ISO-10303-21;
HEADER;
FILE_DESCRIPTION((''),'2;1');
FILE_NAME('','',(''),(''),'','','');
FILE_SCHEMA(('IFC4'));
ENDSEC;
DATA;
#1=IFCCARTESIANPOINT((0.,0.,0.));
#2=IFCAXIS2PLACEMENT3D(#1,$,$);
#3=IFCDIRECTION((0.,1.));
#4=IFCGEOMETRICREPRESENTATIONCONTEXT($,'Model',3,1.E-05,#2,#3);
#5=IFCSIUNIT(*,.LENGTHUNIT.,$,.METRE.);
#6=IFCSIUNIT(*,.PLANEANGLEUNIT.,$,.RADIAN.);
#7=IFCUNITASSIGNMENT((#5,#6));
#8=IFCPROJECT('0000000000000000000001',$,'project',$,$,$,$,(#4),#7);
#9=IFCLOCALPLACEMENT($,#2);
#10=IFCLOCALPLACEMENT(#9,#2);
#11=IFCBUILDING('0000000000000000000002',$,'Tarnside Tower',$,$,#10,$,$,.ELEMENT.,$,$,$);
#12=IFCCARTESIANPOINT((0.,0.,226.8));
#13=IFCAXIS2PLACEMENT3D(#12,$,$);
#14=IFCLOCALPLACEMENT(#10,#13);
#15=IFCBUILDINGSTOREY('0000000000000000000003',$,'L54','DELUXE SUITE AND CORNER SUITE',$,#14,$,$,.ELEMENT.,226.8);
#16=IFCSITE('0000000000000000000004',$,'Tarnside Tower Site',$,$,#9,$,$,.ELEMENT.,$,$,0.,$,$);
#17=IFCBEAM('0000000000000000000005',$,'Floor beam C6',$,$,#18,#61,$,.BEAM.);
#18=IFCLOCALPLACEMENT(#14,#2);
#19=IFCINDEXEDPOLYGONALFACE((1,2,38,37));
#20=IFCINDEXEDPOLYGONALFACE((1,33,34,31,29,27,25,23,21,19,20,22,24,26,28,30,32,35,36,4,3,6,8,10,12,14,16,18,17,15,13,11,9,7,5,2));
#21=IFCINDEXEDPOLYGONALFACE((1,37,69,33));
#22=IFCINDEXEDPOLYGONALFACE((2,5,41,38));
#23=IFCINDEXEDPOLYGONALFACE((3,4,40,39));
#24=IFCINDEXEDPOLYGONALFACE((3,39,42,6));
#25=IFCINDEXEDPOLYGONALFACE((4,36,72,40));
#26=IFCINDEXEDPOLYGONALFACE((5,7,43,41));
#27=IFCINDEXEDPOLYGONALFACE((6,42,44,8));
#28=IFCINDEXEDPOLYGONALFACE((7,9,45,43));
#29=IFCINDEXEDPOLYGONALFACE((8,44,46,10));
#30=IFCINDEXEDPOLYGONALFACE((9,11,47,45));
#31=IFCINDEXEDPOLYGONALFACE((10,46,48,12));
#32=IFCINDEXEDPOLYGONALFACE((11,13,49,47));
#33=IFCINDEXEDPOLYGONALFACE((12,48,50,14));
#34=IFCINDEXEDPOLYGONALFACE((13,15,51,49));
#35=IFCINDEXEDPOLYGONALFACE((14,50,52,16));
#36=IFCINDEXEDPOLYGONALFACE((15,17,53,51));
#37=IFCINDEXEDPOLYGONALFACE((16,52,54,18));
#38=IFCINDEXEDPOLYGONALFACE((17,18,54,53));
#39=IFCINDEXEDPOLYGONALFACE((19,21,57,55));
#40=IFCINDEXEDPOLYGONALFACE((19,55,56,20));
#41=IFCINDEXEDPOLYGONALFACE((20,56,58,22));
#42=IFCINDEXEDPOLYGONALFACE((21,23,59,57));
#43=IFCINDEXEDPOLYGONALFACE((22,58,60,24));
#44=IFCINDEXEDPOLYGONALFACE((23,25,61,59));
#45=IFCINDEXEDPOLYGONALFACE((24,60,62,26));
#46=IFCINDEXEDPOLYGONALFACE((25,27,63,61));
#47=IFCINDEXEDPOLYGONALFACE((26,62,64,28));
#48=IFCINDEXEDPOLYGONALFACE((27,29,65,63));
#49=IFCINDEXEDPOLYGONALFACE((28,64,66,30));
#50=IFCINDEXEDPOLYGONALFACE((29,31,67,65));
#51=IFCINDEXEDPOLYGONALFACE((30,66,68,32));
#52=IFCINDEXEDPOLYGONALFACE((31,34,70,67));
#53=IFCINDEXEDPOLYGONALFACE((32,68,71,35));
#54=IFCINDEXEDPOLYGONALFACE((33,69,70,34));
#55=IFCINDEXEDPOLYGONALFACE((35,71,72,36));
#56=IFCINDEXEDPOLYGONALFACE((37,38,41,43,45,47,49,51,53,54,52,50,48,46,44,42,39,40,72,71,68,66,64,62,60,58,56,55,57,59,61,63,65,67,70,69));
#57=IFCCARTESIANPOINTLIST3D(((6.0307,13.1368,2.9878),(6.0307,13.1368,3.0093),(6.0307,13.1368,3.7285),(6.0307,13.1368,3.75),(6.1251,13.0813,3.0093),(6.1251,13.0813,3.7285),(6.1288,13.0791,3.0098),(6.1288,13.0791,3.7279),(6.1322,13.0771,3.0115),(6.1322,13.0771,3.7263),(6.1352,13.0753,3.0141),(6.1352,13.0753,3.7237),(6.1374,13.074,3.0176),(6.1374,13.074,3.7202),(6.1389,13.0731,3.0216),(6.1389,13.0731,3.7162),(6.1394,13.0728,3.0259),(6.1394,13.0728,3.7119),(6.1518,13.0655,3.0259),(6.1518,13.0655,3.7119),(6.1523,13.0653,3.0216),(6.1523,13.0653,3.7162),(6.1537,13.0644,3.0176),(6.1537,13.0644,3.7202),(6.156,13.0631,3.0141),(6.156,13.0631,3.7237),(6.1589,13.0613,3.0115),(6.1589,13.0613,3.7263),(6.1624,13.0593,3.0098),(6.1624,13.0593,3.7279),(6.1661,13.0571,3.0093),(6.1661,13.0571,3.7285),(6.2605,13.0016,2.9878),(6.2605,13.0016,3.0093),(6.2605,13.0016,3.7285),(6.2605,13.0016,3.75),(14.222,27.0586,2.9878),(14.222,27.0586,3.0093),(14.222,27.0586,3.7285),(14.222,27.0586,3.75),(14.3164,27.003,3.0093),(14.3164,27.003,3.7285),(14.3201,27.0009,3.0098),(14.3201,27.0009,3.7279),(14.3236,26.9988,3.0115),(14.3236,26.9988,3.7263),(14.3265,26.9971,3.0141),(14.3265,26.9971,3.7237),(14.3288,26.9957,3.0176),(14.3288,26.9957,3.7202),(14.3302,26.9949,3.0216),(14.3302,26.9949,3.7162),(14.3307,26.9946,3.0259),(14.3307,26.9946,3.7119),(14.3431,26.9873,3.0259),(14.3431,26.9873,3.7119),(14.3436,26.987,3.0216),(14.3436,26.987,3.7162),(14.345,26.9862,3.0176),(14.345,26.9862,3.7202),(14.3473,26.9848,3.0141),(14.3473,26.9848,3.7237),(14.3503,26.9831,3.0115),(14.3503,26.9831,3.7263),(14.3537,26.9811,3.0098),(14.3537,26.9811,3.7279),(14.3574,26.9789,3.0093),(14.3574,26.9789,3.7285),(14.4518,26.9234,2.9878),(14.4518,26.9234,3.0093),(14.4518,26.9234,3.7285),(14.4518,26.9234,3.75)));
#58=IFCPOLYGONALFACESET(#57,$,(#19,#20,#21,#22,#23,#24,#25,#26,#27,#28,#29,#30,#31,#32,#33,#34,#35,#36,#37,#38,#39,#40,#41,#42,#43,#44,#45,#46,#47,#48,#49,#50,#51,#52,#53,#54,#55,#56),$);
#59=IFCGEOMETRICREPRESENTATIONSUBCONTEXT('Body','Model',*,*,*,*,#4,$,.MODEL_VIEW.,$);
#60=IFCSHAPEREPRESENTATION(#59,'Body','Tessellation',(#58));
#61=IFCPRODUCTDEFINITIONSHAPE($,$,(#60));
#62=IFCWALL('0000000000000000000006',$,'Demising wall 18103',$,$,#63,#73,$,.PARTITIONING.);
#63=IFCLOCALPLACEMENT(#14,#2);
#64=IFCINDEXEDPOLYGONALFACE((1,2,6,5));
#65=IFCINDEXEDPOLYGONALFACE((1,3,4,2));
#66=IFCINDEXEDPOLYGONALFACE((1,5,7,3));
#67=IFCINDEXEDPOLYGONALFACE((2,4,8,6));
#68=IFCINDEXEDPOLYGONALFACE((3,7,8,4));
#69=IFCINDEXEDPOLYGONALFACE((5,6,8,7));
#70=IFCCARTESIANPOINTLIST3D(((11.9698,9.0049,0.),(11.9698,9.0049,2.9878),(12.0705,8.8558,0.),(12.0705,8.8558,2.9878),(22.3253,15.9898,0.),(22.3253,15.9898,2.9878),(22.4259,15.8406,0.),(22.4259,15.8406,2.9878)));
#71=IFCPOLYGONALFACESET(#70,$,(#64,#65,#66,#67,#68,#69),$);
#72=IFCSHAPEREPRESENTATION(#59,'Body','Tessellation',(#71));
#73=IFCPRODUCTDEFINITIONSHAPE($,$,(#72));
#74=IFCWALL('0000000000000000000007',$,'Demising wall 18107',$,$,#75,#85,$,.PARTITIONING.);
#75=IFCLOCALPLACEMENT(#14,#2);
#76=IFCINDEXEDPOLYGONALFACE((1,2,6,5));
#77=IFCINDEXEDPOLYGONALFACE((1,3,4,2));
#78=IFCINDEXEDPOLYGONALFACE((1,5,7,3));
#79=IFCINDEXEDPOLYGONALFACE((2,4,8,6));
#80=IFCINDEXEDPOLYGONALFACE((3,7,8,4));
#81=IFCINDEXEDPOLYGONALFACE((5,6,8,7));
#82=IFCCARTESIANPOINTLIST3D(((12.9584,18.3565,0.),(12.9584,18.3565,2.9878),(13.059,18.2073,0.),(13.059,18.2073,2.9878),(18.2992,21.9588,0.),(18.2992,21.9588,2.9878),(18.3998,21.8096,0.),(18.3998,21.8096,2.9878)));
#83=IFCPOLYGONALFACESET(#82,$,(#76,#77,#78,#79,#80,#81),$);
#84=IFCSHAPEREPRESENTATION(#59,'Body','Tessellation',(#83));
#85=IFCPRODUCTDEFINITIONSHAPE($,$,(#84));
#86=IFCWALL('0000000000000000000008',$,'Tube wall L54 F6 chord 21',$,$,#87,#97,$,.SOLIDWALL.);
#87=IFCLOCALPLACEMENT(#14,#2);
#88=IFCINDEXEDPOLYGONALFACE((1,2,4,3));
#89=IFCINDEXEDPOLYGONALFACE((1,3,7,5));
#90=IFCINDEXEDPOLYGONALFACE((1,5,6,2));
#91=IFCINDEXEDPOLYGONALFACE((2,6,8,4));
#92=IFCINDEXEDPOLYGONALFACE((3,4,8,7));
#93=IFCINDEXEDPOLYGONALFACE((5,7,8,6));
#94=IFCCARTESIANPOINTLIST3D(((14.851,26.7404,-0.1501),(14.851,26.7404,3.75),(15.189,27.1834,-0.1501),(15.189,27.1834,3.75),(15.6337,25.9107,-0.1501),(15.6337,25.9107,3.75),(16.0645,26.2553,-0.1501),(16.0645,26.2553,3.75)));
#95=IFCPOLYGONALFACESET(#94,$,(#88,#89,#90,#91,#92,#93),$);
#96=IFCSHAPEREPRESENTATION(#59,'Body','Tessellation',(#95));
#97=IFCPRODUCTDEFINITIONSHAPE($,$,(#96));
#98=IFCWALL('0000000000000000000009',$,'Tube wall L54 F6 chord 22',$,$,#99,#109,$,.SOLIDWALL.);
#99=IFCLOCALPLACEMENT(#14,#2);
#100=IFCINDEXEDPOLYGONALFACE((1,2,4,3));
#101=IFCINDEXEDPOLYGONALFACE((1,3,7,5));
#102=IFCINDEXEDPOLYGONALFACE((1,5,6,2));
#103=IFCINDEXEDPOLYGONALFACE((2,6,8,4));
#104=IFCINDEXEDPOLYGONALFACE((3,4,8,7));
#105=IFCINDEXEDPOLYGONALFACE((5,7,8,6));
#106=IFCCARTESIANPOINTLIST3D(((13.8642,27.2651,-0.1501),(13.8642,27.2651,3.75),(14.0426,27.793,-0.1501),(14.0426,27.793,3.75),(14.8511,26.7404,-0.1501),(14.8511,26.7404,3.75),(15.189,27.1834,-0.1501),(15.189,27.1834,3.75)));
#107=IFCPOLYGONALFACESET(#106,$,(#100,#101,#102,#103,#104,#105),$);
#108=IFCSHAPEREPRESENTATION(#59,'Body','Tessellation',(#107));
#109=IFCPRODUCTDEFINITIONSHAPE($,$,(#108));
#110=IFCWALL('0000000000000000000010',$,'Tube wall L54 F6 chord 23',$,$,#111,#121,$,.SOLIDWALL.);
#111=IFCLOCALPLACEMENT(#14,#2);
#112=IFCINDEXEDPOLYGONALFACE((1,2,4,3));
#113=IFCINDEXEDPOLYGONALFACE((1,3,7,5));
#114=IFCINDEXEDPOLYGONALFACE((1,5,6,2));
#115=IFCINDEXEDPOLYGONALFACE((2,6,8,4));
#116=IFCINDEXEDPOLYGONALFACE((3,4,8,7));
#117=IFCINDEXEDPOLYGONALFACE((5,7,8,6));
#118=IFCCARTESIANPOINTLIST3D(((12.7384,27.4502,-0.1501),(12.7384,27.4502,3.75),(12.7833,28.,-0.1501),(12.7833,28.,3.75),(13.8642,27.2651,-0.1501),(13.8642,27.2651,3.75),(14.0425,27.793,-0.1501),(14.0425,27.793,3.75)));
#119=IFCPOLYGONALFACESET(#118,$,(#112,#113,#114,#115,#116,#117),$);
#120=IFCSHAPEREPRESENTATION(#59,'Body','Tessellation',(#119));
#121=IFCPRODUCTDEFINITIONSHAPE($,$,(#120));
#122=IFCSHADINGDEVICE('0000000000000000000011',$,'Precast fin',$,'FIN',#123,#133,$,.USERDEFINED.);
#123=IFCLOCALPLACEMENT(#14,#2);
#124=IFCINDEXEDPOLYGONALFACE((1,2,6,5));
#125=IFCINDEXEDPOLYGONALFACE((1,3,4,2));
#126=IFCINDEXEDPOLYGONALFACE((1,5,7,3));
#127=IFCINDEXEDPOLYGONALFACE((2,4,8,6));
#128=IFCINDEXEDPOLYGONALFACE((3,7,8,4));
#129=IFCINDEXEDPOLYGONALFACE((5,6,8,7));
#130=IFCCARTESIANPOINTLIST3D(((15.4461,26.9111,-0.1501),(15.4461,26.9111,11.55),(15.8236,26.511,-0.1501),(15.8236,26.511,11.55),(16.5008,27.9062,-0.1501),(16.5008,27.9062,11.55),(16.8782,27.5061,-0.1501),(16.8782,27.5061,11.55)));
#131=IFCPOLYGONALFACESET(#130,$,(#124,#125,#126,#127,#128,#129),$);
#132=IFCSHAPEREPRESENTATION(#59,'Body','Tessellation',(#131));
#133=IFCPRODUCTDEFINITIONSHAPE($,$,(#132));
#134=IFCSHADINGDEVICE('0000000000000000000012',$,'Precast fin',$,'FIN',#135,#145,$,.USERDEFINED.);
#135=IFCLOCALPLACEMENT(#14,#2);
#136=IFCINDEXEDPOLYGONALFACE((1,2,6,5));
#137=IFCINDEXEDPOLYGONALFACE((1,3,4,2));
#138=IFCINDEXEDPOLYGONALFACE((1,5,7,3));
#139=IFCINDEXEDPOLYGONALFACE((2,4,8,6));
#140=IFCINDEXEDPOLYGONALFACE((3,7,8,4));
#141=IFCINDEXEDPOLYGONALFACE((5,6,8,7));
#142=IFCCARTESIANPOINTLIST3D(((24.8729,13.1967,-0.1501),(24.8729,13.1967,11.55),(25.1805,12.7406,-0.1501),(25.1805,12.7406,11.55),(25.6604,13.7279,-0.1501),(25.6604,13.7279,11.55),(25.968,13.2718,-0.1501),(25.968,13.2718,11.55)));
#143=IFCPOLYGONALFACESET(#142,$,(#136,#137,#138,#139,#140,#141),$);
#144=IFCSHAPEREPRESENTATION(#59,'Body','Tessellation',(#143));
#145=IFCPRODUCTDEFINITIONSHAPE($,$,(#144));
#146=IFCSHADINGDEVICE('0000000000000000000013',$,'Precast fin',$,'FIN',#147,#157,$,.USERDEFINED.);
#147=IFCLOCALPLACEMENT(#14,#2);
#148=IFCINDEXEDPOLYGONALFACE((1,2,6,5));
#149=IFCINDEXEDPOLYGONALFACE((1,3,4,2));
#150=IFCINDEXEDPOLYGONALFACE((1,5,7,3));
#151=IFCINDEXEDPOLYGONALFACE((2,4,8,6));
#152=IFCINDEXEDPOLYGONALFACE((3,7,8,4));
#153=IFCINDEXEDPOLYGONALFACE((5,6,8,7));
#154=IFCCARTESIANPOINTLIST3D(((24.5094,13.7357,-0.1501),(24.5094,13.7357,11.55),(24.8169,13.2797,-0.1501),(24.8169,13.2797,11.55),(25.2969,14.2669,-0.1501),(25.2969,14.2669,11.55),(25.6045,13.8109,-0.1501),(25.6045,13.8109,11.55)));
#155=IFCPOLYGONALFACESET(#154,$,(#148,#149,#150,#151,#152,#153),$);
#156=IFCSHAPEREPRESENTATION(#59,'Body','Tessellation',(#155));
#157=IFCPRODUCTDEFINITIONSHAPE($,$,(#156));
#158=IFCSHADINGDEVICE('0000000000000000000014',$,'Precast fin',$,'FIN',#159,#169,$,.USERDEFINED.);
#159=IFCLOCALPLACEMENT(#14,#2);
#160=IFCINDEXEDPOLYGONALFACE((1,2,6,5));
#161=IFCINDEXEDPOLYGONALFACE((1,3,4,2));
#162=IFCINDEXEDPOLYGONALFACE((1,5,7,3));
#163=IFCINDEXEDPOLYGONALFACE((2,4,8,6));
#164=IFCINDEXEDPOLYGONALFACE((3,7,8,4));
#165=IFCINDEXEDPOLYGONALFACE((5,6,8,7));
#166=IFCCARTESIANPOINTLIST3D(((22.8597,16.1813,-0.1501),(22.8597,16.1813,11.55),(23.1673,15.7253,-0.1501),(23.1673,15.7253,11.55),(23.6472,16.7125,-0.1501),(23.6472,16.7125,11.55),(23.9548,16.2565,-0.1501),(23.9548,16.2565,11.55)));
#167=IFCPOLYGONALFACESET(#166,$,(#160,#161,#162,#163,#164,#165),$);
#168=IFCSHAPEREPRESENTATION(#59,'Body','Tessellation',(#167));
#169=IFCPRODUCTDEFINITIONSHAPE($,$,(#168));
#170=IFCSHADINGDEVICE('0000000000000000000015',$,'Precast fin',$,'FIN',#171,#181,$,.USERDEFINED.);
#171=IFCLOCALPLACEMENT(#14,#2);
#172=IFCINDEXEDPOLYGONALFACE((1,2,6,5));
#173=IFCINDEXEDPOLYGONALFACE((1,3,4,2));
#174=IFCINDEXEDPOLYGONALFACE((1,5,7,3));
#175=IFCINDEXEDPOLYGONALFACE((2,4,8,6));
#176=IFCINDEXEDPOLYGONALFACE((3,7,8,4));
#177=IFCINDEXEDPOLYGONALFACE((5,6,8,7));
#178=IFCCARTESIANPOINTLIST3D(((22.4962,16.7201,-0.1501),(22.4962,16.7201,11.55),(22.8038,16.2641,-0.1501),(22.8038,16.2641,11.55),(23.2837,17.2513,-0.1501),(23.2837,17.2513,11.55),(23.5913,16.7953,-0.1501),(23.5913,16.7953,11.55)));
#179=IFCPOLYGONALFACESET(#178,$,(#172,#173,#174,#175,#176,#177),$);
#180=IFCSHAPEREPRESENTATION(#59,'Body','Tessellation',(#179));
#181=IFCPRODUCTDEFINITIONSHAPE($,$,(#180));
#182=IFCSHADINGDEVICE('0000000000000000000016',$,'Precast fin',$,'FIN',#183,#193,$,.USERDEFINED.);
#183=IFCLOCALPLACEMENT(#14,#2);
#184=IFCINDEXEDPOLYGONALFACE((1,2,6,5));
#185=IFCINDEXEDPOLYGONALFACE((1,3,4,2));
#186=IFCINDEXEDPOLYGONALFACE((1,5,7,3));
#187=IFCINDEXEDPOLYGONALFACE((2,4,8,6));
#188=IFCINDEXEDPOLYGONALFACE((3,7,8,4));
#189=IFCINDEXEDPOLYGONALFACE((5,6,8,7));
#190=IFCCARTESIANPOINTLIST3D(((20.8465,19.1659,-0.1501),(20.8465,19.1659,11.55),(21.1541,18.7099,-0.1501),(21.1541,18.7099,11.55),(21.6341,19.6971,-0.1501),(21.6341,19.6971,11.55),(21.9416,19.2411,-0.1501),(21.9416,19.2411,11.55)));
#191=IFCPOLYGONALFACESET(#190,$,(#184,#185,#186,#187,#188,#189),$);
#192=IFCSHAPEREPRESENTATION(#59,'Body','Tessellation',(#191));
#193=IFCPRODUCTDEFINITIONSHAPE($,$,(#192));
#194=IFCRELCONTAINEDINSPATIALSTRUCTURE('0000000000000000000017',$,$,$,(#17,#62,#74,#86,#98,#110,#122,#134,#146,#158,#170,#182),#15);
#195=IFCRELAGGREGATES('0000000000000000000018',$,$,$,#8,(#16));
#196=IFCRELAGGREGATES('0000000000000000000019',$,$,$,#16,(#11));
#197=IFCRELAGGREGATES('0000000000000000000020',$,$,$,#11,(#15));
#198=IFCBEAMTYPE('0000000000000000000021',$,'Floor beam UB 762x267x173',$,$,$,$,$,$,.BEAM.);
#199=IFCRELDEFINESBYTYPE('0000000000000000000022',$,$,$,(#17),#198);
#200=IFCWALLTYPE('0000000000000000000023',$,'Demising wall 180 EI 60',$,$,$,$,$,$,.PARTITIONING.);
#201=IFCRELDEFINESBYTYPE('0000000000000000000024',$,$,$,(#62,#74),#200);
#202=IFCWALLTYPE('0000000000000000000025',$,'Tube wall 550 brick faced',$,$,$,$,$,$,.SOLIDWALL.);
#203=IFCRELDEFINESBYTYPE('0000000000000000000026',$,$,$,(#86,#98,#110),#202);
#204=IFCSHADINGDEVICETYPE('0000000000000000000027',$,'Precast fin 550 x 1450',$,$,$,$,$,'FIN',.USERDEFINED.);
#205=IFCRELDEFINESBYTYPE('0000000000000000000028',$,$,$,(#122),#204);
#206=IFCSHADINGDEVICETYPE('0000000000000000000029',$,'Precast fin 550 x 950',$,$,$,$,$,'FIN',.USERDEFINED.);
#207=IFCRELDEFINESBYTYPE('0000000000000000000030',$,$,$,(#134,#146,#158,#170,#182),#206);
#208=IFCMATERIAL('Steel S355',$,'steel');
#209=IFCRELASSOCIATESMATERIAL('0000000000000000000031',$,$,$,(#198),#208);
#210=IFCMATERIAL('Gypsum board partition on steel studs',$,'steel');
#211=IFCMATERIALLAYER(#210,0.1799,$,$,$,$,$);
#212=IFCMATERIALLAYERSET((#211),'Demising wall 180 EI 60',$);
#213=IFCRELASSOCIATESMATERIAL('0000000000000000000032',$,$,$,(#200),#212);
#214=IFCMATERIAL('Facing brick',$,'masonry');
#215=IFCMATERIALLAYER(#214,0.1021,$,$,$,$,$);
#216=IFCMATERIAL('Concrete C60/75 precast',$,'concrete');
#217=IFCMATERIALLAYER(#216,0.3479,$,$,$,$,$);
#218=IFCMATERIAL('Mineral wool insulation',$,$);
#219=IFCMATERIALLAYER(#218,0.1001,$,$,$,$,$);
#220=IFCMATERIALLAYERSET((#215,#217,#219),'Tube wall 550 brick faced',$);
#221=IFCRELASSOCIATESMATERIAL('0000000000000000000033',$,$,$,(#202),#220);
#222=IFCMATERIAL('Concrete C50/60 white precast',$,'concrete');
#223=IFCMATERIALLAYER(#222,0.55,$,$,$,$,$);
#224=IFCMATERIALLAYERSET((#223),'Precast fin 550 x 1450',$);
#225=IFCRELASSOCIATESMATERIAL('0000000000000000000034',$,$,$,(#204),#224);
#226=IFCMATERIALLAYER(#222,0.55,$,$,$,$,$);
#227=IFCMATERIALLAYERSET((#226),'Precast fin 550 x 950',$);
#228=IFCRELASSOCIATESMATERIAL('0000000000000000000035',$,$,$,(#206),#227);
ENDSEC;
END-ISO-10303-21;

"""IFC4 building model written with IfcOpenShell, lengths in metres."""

from ifc_helpers import new_model, si_unit, direction, frame, frame_2d, origin, origin_2d, place, context, subcontext, project, spatial, polyline, rectangle, i_section, outline, extrude, material, layer, layer_set, material_profile, profile_set, type_object, element, save


model = new_model("IFC4")

# Units and contexts
model_context = context("Model", 3, precision=1e-05, world=origin(), true_north=direction((0.0, 1.0)))
body_context = subcontext(model_context, "Body", "Model", "MODEL_VIEW")
ifc_project = project(units=[si_unit("LENGTHUNIT", "METRE"), si_unit("PLANEANGLEUNIT", "RADIAN")], contexts=[model_context])

# Site, building, storey
site_placement = place(None, origin())
site = spatial("IfcSite", under=ifc_project, at=site_placement, Name="Tarnside Tower Site", CompositionType="ELEMENT", RefElevation=0.0)
building_placement = place(site_placement, origin())
building = spatial("IfcBuilding", under=site, at=building_placement, Name="Tarnside Tower", CompositionType="ELEMENT")
storey_placement = place(building_placement, frame((0.0, 0.0, 226.8)))
storey = spatial("IfcBuildingStorey", under=building, at=storey_placement, Name="L54", Description="DELUXE SUITE AND CORNER SUITE", CompositionType="ELEMENT", Elevation=226.8)

# Beam
ifc_material_1 = material(Name="Steel S355", Category="steel")
ifc_material_profile_1 = material_profile(ifc_material_1, i_section(OverallWidth=0.2666, OverallDepth=0.7622, WebThickness=0.0144, FlangeThickness=0.0215, FilletRadius=0.0166, at=origin_2d()), Name="UB 762x267x173")
ifc_profile_set_1 = profile_set([ifc_material_profile_1], Name="Steel S355")
beam_type_1 = type_object("IfcBeamType", Name="Floor beam UB 762x267x173", PredefinedType="BEAM", material=ifc_profile_set_1)
beam_1_placement = place(storey_placement, frame((14.3369, 26.991, 3.3689), z_axis=(-0.507115, -0.861878, 0.0), x_axis=(0.861878, -0.507115, 0.0)))
element("IfcBeam", 1, at=beam_1_placement, inside=storey, type_object=beam_type_1, Name="Floor beam C6", PredefinedType="BEAM", context=body_context, shape_type="SweptSolid", body=[
    extrude(i_section(OverallWidth=0.2666, OverallDepth=0.7622, WebThickness=0.0144, FlangeThickness=0.0215, FilletRadius=0.0166, at=origin_2d()), origin(), (0.0, 0.0, 1.0), 16.1528),
])

# Walls
ifc_material_2 = material(Name="Gypsum board partition on steel studs", Category="steel")
ifc_layer_1 = layer(ifc_material_2, 0.1799)
ifc_layer_set_1 = layer_set([ifc_layer_1], Name="Demising wall 180 EI 60")
wall_type_1 = type_object("IfcWallType", Name="Demising wall 180 EI 60", PredefinedType="PARTITIONING", material=ifc_layer_set_1)
wall_1_placement = place(storey_placement, frame((22.3757, 15.9153, 0.0), z_axis=(0.0, 0.0, 1.0), x_axis=(-0.829037, -0.559194, 0.0)))
element("IfcWall", 2, at=wall_1_placement, inside=storey, type_object=wall_type_1, Name="Demising wall 18103", PredefinedType="PARTITIONING", context=body_context, shape_type="SweptSolid", body=[
    extrude(rectangle(XDim=12.491, YDim=0.1799, at=frame_2d((6.2456, 0.0))), origin(), (0.0, 0.0, 1.0), 2.9878),
])
wall_2_placement = place(storey_placement, frame((18.3496, 21.8843, 0.0), z_axis=(0.0, 0.0, 1.0), x_axis=(-0.829047, -0.559179, 0.0)))
element("IfcWall", 3, at=wall_2_placement, inside=storey, type_object=wall_type_1, Name="Demising wall 18107", PredefinedType="PARTITIONING", context=body_context, shape_type="SweptSolid", body=[
    extrude(rectangle(XDim=6.4421, YDim=0.1799, at=frame_2d((3.2212, 0.0))), origin(), (0.0, 0.0, 1.0), 2.9878),
])
ifc_material_3 = material(Name="Facing brick", Category="masonry")
ifc_layer_2 = layer(ifc_material_3, 0.1021)
ifc_material_4 = material(Name="Concrete C60/75 precast", Category="concrete")
ifc_layer_3 = layer(ifc_material_4, 0.3479)
ifc_material_5 = material(Name="Mineral wool insulation")
ifc_layer_4 = layer(ifc_material_5, 0.1001)
ifc_layer_set_2 = layer_set([ifc_layer_2, ifc_layer_3, ifc_layer_4], Name="Tube wall 550 brick faced")
wall_type_2 = type_object("IfcWallType", Name="Tube wall 550 brick faced", PredefinedType="SOLIDWALL", material=ifc_layer_set_2)
wall_3_placement = place(storey_placement, frame((15.8491, 26.083, -0.1501), z_axis=(0.0, 0.0, 1.0), x_axis=(-0.686196, 0.727416, 0.0)))
element("IfcWall", 4, at=wall_3_placement, inside=storey, type_object=wall_type_2, Name="Tube wall L54 F6 chord 21", PredefinedType="SOLIDWALL", context=body_context, shape_type="SweptSolid", body=[
    extrude(outline(polyline([(-0.0225, -0.2749), (1.2534, -0.2749), (1.1631, 0.2749), (0.0225, 0.2749), (-0.0225, -0.2749)])), origin(), (0.0, 0.0, 1.0), 3.9001),
])
wall_4_placement = place(storey_placement, frame((15.02, 26.9619, -0.1501), z_axis=(0.0, 0.0, 1.0), x_axis=(-0.882951, 0.469465, 0.0)))
element("IfcWall", 5, at=wall_4_placement, inside=storey, type_object=wall_type_2, Name="Tube wall L54 F6 chord 22", PredefinedType="SOLIDWALL", context=body_context, shape_type="SweptSolid", body=[
    extrude(outline(polyline([(-0.0452, -0.2749), (1.2532, -0.2749), (1.1628, 0.2749), (0.0452, 0.2749), (-0.0452, -0.2749)])), origin(), (0.0, 0.0, 1.0), 3.9001),
])
wall_5_placement = place(storey_placement, frame((13.9534, 27.5291, -0.1501), z_axis=(0.0, 0.0, 1.0), x_axis=(-0.986752, 0.162236, 0.0)))
element("IfcWall", 6, at=wall_5_placement, inside=storey, type_object=wall_type_2, Name="Tube wall L54 F6 chord 23", PredefinedType="SOLIDWALL", context=body_context, shape_type="SweptSolid", body=[
    extrude(outline(polyline([(-0.0452, -0.2749), (1.231, -0.2749), (1.186, 0.2749), (0.0452, 0.2749), (-0.0452, -0.2749)])), origin(), (0.0, 0.0, 1.0), 3.9001),
])

# Shading devices
ifc_material_6 = material(Name="Concrete C50/60 white precast", Category="concrete")
ifc_layer_5 = layer(ifc_material_6, 0.55)
ifc_layer_set_3 = layer_set([ifc_layer_5], Name="Precast fin 550 x 1450")
shading_device_type_1 = type_object("IfcShadingDeviceType", Name="Precast fin 550 x 1450", ElementType="FIN", PredefinedType="USERDEFINED", material=ifc_layer_set_3)
shading_device_placement = place(storey_placement, frame((15.6348, 26.7112, -0.1501), z_axis=(0.686242, -0.727374, 0.0), x_axis=(0.727374, 0.686242, 0.0)))
element("IfcShadingDevice", 7, at=shading_device_placement, inside=storey, type_object=shading_device_type_1, Name="Precast fin", ObjectType="FIN", PredefinedType="USERDEFINED", context=body_context, shape_type="SweptSolid", body=[
    extrude(outline(polyline([(0.0, 0.0), (1.45, 0.0), (1.45, 11.7002), (0.0, 11.7002), (0.0, 0.0)])), frame((0.0, 0.0, -0.2749)), (0.0, 0.0, 1.0), 0.55),
])
ifc_layer_6 = layer(ifc_material_6, 0.55)
ifc_layer_set_4 = layer_set([ifc_layer_6], Name="Precast fin 550 x 950")
shading_device_type_2 = type_object("IfcShadingDeviceType", Name="Precast fin 550 x 950", ElementType="FIN", PredefinedType="USERDEFINED", material=ifc_layer_set_4)
for number, where, z_axis, x_axis, name in (
    (8, (25.0266, 12.9688, -0.1501), (0.559193, -0.829038, 0.0), (0.829038, 0.559193, 0.0), "Precast fin"),
    (9, (24.6631, 13.5078, -0.1501), (0.559193, -0.829038, 0.0), (0.829038, 0.559193, 0.0), "Precast fin"),
    (10, (23.0134, 15.9534, -0.1501), (0.559193, -0.829038, 0.0), (0.829038, 0.559193, 0.0), "Precast fin"),
    (11, (22.6499, 16.4922, -0.1501), (0.559193, -0.829038, 0.0), (0.829038, 0.559193, 0.0), "Precast fin"),
    (12, (21.0002, 18.938, -0.1501), (0.559193, -0.829038, 0.0), (0.829038, 0.559193, 0.0), "Precast fin"),
):
    element("IfcShadingDevice", number, at=place(storey_placement, frame(where, z_axis=z_axis, x_axis=x_axis)), inside=storey, type_object=shading_device_type_2, Name=name, ObjectType="FIN", PredefinedType="USERDEFINED", context=body_context, shape_type="SweptSolid", body=[
        extrude(outline(polyline([(0.0, 0.0), (0.95, 0.0), (0.95, 11.7002), (0.0, 11.7002), (0.0, 0.0)])), frame((0.0, 0.0, -0.2749)), (0.0, 0.0, 1.0), 0.55),
    ])

save(model, "model.ifc")
